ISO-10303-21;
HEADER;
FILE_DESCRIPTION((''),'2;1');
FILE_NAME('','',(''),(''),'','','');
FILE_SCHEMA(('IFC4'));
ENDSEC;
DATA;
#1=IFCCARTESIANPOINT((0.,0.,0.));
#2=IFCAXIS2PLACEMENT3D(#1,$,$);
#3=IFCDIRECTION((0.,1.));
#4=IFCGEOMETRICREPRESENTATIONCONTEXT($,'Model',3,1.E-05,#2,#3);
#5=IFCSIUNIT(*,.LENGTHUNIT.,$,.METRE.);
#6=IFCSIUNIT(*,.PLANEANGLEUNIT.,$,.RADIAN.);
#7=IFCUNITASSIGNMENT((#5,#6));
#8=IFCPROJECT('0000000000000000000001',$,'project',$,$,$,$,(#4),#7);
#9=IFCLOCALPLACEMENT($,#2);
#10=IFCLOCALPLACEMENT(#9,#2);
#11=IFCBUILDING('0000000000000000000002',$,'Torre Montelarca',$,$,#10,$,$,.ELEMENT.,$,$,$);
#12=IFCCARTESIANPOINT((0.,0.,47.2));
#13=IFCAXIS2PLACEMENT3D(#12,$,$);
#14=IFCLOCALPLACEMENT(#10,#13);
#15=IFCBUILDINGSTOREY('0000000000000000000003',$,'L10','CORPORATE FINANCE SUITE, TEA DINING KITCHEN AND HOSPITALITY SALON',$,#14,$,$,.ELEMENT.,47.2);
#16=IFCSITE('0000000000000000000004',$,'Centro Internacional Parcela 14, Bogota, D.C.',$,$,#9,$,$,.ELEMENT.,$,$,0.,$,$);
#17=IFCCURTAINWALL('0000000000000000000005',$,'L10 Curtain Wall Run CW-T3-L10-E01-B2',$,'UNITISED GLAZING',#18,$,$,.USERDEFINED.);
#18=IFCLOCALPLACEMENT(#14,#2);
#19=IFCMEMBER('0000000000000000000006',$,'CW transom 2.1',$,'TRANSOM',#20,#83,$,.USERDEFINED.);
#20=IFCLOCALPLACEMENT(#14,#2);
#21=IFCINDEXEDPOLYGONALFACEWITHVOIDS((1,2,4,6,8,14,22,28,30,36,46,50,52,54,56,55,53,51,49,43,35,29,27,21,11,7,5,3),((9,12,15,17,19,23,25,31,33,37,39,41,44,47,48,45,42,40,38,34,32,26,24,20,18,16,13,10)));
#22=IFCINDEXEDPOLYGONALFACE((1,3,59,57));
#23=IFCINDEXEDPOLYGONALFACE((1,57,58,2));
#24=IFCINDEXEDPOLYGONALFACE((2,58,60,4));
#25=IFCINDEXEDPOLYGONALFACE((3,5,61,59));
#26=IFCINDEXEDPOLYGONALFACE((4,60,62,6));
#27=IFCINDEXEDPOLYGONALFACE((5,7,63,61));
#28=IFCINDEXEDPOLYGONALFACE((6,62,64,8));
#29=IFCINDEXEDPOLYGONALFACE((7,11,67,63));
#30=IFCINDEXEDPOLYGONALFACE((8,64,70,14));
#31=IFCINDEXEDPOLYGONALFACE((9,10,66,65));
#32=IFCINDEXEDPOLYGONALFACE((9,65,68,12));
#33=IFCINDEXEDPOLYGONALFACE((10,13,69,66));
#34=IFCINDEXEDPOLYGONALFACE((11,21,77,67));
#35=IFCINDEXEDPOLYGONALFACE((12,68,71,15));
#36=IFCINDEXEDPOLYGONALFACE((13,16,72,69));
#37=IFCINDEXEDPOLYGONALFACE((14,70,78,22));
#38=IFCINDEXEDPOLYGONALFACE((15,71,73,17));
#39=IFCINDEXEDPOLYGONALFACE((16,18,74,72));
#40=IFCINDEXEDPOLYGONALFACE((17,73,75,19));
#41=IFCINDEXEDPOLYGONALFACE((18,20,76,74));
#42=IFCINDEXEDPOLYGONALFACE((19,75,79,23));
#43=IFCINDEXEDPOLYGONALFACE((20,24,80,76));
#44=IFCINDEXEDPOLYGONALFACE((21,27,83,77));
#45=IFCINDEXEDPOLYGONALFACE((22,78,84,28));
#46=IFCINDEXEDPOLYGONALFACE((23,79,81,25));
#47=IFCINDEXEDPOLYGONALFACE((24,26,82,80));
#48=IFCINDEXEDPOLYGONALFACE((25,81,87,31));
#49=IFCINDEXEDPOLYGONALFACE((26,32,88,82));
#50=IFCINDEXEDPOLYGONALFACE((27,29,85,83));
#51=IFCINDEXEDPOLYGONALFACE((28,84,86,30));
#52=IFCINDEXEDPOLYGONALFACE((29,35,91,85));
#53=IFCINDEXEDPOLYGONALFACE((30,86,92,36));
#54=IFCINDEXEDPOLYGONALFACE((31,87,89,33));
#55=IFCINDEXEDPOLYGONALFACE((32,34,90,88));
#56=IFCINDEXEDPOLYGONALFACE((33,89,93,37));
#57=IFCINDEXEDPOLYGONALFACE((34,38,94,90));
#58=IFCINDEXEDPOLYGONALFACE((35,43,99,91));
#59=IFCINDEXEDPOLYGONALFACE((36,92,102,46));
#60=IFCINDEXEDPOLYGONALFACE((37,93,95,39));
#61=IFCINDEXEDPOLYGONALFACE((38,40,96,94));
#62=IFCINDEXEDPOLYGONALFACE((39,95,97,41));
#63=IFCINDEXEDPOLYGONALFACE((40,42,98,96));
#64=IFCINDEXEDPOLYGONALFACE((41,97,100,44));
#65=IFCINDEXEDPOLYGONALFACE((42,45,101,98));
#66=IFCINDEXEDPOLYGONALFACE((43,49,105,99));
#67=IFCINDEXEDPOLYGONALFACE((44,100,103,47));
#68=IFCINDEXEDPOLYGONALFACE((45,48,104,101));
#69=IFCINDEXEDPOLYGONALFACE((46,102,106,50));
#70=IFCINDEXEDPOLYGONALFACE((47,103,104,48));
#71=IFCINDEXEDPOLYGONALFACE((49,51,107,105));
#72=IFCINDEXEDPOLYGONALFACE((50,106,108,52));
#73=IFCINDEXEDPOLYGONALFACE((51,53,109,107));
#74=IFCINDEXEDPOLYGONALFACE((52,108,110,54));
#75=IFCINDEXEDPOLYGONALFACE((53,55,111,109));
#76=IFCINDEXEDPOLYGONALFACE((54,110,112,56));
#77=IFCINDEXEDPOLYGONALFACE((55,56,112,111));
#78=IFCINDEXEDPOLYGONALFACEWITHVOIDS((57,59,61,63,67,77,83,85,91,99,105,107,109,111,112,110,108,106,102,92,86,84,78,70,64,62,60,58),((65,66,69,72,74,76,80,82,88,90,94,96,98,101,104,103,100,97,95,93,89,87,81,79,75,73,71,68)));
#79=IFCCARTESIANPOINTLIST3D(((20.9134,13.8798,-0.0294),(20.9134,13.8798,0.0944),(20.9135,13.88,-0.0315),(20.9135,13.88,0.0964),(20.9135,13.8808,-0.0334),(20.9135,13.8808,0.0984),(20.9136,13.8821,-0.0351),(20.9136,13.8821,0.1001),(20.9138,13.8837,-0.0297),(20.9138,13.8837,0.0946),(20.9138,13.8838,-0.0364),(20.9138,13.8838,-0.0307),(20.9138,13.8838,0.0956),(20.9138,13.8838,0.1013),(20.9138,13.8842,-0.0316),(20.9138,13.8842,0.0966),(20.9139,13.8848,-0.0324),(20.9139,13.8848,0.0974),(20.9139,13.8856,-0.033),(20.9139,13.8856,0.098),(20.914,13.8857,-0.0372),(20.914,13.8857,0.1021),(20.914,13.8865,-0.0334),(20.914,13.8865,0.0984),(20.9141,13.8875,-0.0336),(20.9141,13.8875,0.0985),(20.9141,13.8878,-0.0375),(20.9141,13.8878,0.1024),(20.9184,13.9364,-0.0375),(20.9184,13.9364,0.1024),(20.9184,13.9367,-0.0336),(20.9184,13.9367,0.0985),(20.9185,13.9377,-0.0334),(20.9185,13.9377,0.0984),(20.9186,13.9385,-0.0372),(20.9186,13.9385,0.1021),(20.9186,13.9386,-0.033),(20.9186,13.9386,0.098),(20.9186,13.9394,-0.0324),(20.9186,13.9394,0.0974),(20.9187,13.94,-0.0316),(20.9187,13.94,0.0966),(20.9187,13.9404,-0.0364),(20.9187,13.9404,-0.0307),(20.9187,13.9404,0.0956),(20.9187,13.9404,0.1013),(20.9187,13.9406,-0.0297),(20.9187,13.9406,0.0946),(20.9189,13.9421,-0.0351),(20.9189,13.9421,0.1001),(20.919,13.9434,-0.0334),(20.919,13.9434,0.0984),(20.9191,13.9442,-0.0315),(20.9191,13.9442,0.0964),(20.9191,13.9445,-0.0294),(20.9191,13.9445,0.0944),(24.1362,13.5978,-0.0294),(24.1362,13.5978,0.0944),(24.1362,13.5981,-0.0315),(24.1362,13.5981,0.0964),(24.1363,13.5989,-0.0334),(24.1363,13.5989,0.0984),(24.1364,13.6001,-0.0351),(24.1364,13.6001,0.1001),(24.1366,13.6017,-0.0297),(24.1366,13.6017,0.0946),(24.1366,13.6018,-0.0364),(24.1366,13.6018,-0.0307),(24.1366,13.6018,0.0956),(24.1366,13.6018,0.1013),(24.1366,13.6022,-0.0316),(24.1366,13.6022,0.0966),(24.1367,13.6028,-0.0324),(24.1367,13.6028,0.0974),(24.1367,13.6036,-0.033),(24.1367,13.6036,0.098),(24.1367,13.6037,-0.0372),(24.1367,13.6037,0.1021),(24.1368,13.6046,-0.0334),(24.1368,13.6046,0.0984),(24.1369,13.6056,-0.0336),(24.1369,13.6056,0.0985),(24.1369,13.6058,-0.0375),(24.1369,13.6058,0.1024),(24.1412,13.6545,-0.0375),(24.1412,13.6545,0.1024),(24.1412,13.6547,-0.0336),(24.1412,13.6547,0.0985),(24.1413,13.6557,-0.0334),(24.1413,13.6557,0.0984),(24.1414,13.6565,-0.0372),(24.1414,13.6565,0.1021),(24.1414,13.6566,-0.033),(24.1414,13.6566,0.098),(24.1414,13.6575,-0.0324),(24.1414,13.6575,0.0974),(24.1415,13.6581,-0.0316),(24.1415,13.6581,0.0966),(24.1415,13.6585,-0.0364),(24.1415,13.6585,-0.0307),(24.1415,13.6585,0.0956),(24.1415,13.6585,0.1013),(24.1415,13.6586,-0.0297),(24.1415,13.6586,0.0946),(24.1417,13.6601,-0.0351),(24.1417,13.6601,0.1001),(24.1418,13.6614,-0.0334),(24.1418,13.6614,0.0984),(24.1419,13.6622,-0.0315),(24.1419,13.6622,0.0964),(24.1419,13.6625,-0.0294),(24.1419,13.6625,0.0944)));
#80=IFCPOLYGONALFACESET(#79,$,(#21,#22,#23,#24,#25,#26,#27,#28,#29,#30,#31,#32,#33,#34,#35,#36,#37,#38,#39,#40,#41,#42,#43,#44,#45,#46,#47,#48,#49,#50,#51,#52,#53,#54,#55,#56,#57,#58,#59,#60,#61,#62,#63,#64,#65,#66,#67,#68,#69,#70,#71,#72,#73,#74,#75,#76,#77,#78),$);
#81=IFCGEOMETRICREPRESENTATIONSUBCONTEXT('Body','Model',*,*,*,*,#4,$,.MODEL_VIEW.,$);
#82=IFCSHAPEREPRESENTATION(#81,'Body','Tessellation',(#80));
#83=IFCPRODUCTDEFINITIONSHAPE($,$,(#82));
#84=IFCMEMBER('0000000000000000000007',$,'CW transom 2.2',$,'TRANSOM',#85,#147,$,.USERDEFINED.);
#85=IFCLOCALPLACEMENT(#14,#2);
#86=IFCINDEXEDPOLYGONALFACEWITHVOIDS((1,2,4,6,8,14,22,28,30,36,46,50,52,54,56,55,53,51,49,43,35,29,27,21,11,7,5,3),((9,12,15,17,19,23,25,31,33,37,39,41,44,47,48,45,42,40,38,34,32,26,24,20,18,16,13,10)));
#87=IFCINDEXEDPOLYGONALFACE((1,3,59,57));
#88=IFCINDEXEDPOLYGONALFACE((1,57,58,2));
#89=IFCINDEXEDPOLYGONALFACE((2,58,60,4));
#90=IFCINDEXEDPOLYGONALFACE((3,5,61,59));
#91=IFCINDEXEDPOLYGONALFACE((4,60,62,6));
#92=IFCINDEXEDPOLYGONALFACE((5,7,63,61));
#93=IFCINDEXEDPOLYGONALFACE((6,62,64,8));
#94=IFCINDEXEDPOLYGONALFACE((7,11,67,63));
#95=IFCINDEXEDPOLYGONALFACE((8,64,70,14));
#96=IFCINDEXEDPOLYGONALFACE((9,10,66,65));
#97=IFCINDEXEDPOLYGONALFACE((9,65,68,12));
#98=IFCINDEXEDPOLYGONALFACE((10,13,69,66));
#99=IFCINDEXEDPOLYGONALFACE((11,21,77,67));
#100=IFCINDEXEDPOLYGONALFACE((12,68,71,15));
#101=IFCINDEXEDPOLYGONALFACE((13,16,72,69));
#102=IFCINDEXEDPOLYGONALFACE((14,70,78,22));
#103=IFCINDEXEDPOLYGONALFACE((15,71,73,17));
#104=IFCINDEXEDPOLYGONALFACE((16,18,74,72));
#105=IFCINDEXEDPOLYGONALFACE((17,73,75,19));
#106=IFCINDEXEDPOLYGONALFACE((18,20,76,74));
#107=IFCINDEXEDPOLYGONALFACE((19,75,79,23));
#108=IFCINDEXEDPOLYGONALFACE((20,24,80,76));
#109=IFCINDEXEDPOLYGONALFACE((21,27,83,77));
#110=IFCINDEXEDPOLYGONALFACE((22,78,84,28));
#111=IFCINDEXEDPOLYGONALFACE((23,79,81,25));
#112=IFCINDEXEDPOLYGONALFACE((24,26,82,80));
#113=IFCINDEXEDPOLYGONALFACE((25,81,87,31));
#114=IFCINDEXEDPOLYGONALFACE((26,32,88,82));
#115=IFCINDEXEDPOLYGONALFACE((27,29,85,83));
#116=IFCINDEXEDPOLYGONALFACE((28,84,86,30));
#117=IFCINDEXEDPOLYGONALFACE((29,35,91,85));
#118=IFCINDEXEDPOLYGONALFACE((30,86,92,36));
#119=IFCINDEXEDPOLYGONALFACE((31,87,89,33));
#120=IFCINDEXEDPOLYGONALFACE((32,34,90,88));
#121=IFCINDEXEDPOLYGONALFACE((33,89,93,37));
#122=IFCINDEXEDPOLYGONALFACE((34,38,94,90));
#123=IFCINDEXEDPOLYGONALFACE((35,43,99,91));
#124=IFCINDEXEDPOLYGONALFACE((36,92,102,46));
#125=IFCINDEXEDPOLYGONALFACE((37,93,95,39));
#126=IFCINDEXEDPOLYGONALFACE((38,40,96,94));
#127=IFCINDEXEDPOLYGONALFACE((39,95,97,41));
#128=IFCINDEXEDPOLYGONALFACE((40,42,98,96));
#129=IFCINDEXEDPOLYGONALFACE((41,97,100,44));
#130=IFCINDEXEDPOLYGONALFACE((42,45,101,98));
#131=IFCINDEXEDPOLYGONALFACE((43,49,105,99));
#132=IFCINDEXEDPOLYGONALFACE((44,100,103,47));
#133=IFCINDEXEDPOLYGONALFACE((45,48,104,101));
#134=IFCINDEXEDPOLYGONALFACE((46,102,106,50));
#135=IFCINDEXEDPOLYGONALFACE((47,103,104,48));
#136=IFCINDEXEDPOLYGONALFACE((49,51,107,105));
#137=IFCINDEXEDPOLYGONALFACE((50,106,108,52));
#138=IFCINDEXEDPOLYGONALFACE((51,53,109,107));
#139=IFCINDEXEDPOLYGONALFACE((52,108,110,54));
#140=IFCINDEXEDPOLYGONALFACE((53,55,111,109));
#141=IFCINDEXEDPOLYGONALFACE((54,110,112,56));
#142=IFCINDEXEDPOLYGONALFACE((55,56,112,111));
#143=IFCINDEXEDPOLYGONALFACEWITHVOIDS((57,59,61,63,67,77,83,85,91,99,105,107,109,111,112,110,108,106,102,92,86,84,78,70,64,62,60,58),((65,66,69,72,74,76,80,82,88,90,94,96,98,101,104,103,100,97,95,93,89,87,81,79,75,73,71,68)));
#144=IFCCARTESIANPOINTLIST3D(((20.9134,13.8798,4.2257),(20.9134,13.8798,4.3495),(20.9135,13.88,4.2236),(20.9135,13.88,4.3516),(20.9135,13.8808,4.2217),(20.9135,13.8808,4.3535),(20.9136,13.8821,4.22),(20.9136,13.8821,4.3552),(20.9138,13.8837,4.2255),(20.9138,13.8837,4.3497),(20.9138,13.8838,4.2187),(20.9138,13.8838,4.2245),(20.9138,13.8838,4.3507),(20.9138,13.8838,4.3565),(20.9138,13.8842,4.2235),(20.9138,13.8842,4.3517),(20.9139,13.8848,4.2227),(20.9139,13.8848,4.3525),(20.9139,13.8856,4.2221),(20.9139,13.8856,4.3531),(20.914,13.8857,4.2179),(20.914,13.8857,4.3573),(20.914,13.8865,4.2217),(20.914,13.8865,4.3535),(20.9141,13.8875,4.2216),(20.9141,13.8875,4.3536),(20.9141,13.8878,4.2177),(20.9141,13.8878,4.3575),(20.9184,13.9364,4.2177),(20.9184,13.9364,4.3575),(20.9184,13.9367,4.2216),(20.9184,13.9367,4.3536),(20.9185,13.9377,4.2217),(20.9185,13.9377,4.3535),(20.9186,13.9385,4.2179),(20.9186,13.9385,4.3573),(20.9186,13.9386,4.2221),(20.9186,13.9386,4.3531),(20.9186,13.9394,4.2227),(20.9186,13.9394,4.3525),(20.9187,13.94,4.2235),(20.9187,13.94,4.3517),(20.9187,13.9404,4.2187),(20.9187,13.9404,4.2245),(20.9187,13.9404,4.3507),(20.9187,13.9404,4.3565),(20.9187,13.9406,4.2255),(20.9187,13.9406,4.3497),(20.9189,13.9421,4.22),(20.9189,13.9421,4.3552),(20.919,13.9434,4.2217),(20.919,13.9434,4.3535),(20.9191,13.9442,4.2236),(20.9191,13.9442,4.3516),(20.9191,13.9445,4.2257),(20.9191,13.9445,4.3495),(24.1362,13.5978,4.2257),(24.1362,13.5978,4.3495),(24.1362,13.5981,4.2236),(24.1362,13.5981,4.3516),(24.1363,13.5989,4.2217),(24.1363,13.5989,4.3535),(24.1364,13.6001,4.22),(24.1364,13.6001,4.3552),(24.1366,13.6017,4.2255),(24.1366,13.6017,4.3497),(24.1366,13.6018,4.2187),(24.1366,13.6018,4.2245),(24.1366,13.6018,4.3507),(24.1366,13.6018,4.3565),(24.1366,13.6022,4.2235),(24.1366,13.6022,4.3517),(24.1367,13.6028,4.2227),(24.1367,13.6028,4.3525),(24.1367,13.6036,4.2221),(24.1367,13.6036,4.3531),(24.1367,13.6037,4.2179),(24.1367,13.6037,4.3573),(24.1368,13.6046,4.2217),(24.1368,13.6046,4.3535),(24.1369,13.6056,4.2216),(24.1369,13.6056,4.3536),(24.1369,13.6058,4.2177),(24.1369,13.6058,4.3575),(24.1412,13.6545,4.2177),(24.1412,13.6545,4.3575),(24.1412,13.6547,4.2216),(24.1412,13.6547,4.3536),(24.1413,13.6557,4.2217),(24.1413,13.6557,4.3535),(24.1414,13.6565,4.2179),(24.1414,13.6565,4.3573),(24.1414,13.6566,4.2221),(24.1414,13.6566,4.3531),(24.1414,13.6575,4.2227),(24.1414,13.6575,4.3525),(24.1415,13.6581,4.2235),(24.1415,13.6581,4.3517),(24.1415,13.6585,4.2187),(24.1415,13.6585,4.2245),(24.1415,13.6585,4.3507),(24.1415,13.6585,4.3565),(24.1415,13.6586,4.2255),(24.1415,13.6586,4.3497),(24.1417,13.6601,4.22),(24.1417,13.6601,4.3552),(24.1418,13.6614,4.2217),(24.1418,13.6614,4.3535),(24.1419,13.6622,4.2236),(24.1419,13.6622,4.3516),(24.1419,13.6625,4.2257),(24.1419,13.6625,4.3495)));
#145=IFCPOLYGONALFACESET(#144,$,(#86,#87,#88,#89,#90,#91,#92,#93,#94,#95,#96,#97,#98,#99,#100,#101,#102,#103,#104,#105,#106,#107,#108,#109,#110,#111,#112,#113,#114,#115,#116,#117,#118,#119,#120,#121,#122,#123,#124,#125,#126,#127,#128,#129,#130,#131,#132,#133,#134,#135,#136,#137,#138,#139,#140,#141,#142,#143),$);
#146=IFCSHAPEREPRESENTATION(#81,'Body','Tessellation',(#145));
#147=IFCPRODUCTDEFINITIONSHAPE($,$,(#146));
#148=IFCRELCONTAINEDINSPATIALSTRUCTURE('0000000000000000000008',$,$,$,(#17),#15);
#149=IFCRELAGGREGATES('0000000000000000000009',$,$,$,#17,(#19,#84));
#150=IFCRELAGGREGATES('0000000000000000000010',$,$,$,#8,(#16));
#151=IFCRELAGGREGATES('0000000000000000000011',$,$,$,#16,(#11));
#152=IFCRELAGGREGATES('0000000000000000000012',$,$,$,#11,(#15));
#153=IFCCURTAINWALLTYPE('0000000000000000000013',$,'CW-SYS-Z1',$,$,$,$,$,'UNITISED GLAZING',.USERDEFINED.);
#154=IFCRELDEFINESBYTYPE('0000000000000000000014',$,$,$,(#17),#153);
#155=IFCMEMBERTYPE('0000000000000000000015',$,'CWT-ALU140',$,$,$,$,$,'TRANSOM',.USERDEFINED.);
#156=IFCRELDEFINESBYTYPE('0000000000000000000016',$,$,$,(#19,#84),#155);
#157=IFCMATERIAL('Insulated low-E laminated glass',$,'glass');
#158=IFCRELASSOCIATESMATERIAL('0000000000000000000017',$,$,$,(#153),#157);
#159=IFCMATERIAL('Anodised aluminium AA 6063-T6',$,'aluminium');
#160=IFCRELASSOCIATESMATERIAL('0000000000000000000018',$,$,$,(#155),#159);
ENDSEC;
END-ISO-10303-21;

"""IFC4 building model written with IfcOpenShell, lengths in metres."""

from ifc_helpers import new_model, si_unit, direction, frame, origin, origin_2d, place, context, subcontext, project, spatial, hollow_rectangle, extrude, source, transform, mapped, material, material_profile, profile_set, type_object, element, aggregate, save


model = new_model("IFC4")

# Units and contexts
model_context = context("Model", 3, precision=1e-05, world=origin(), true_north=direction((0.0, 1.0)))
body_context = subcontext(model_context, "Body", "Model", "MODEL_VIEW")
ifc_project = project(units=[si_unit("LENGTHUNIT", "METRE"), si_unit("PLANEANGLEUNIT", "RADIAN")], contexts=[model_context])

# Site, building, storey
site_placement = place(None, origin())
site = spatial("IfcSite", under=ifc_project, at=site_placement, Name="Centro Internacional Parcela 14, Bogota, D.C.", CompositionType="ELEMENT", RefElevation=0.0)
building_placement = place(site_placement, origin())
building = spatial("IfcBuilding", under=site, at=building_placement, Name="Torre Montelarca", CompositionType="ELEMENT")
storey_placement = place(building_placement, frame((0.0, 0.0, 47.2)))
storey = spatial("IfcBuildingStorey", under=building, at=storey_placement, Name="L10", Description="CORPORATE FINANCE SUITE, TEA DINING KITCHEN AND HOSPITALITY SALON", CompositionType="ELEMENT", Elevation=47.2)

# Curtain wall
ifc_material_1 = material(Name="Insulated low-E laminated glass", Category="glass")
curtain_wall_type = type_object("IfcCurtainWallType", Name="CW-SYS-Z1", ElementType="UNITISED GLAZING", PredefinedType="USERDEFINED", material=ifc_material_1)
ifc_material_2 = material(Name="Anodised aluminium AA 6063-T6", Category="aluminium")
curtain_wall_1_placement = place(storey_placement, origin())
curtain_wall_1 = element("IfcCurtainWall", 1, at=curtain_wall_1_placement, inside=storey, type_object=curtain_wall_type, Name="L10 Curtain Wall Run CW-T3-L10-E01-B2", ObjectType="UNITISED GLAZING", PredefinedType="USERDEFINED")

# Members
ifc_material_profile_1 = material_profile(ifc_material_2, hollow_rectangle(XDim=0.0649, YDim=0.1399, WallThickness=0.0039, InnerFilletRadius=0.0039, OuterFilletRadius=0.0081, at=origin_2d()), Name="ALU65X140X4", Category="aluminium")
ifc_profile_set_1 = profile_set([ifc_material_profile_1], Name="Anodised aluminium AA 6063-T6")
member_type_1 = type_object("IfcMemberType", Name="CWT-ALU140", ElementType="TRANSOM", PredefinedType="USERDEFINED", material=ifc_profile_set_1)
shared_shape_1 = source(origin(), body_context, "Body", "SweptSolid", [
    extrude(hollow_rectangle(XDim=0.0649, YDim=0.1399, WallThickness=0.0039, InnerFilletRadius=0.0039, OuterFilletRadius=0.0081, at=origin_2d()), origin(), (0.0, 0.0, 1.0), 3.2351),
])
member_1_placement = place(storey_placement, frame((20.9163, 13.9121, 0.0325), z_axis=(0.996194, -0.08716, 0.0), x_axis=(0.08716, 0.996194, 0.0)))
member_1 = element("IfcMember", 2, at=member_1_placement, type_object=member_type_1, Name="CW transom 2.1", ObjectType="TRANSOM", PredefinedType="USERDEFINED", context=body_context, shape_type="MappedRepresentation", body=[
    mapped(shared_shape_1, transform((0.0, 0.0, 0.0), scale=1.0)),
])
member_2_placement = place(storey_placement, frame((20.9163, 13.9121, 4.2876), z_axis=(0.996194, -0.08716, 0.0), x_axis=(0.08716, 0.996194, 0.0)))
member_2 = element("IfcMember", 3, at=member_2_placement, type_object=member_type_1, Name="CW transom 2.2", ObjectType="TRANSOM", PredefinedType="USERDEFINED", context=body_context, shape_type="MappedRepresentation", body=[
    mapped(shared_shape_1, transform((0.0, 0.0, 0.0), scale=1.0)),
])

aggregate(curtain_wall_1, [member_1, member_2])

save(model, "model.ifc")
